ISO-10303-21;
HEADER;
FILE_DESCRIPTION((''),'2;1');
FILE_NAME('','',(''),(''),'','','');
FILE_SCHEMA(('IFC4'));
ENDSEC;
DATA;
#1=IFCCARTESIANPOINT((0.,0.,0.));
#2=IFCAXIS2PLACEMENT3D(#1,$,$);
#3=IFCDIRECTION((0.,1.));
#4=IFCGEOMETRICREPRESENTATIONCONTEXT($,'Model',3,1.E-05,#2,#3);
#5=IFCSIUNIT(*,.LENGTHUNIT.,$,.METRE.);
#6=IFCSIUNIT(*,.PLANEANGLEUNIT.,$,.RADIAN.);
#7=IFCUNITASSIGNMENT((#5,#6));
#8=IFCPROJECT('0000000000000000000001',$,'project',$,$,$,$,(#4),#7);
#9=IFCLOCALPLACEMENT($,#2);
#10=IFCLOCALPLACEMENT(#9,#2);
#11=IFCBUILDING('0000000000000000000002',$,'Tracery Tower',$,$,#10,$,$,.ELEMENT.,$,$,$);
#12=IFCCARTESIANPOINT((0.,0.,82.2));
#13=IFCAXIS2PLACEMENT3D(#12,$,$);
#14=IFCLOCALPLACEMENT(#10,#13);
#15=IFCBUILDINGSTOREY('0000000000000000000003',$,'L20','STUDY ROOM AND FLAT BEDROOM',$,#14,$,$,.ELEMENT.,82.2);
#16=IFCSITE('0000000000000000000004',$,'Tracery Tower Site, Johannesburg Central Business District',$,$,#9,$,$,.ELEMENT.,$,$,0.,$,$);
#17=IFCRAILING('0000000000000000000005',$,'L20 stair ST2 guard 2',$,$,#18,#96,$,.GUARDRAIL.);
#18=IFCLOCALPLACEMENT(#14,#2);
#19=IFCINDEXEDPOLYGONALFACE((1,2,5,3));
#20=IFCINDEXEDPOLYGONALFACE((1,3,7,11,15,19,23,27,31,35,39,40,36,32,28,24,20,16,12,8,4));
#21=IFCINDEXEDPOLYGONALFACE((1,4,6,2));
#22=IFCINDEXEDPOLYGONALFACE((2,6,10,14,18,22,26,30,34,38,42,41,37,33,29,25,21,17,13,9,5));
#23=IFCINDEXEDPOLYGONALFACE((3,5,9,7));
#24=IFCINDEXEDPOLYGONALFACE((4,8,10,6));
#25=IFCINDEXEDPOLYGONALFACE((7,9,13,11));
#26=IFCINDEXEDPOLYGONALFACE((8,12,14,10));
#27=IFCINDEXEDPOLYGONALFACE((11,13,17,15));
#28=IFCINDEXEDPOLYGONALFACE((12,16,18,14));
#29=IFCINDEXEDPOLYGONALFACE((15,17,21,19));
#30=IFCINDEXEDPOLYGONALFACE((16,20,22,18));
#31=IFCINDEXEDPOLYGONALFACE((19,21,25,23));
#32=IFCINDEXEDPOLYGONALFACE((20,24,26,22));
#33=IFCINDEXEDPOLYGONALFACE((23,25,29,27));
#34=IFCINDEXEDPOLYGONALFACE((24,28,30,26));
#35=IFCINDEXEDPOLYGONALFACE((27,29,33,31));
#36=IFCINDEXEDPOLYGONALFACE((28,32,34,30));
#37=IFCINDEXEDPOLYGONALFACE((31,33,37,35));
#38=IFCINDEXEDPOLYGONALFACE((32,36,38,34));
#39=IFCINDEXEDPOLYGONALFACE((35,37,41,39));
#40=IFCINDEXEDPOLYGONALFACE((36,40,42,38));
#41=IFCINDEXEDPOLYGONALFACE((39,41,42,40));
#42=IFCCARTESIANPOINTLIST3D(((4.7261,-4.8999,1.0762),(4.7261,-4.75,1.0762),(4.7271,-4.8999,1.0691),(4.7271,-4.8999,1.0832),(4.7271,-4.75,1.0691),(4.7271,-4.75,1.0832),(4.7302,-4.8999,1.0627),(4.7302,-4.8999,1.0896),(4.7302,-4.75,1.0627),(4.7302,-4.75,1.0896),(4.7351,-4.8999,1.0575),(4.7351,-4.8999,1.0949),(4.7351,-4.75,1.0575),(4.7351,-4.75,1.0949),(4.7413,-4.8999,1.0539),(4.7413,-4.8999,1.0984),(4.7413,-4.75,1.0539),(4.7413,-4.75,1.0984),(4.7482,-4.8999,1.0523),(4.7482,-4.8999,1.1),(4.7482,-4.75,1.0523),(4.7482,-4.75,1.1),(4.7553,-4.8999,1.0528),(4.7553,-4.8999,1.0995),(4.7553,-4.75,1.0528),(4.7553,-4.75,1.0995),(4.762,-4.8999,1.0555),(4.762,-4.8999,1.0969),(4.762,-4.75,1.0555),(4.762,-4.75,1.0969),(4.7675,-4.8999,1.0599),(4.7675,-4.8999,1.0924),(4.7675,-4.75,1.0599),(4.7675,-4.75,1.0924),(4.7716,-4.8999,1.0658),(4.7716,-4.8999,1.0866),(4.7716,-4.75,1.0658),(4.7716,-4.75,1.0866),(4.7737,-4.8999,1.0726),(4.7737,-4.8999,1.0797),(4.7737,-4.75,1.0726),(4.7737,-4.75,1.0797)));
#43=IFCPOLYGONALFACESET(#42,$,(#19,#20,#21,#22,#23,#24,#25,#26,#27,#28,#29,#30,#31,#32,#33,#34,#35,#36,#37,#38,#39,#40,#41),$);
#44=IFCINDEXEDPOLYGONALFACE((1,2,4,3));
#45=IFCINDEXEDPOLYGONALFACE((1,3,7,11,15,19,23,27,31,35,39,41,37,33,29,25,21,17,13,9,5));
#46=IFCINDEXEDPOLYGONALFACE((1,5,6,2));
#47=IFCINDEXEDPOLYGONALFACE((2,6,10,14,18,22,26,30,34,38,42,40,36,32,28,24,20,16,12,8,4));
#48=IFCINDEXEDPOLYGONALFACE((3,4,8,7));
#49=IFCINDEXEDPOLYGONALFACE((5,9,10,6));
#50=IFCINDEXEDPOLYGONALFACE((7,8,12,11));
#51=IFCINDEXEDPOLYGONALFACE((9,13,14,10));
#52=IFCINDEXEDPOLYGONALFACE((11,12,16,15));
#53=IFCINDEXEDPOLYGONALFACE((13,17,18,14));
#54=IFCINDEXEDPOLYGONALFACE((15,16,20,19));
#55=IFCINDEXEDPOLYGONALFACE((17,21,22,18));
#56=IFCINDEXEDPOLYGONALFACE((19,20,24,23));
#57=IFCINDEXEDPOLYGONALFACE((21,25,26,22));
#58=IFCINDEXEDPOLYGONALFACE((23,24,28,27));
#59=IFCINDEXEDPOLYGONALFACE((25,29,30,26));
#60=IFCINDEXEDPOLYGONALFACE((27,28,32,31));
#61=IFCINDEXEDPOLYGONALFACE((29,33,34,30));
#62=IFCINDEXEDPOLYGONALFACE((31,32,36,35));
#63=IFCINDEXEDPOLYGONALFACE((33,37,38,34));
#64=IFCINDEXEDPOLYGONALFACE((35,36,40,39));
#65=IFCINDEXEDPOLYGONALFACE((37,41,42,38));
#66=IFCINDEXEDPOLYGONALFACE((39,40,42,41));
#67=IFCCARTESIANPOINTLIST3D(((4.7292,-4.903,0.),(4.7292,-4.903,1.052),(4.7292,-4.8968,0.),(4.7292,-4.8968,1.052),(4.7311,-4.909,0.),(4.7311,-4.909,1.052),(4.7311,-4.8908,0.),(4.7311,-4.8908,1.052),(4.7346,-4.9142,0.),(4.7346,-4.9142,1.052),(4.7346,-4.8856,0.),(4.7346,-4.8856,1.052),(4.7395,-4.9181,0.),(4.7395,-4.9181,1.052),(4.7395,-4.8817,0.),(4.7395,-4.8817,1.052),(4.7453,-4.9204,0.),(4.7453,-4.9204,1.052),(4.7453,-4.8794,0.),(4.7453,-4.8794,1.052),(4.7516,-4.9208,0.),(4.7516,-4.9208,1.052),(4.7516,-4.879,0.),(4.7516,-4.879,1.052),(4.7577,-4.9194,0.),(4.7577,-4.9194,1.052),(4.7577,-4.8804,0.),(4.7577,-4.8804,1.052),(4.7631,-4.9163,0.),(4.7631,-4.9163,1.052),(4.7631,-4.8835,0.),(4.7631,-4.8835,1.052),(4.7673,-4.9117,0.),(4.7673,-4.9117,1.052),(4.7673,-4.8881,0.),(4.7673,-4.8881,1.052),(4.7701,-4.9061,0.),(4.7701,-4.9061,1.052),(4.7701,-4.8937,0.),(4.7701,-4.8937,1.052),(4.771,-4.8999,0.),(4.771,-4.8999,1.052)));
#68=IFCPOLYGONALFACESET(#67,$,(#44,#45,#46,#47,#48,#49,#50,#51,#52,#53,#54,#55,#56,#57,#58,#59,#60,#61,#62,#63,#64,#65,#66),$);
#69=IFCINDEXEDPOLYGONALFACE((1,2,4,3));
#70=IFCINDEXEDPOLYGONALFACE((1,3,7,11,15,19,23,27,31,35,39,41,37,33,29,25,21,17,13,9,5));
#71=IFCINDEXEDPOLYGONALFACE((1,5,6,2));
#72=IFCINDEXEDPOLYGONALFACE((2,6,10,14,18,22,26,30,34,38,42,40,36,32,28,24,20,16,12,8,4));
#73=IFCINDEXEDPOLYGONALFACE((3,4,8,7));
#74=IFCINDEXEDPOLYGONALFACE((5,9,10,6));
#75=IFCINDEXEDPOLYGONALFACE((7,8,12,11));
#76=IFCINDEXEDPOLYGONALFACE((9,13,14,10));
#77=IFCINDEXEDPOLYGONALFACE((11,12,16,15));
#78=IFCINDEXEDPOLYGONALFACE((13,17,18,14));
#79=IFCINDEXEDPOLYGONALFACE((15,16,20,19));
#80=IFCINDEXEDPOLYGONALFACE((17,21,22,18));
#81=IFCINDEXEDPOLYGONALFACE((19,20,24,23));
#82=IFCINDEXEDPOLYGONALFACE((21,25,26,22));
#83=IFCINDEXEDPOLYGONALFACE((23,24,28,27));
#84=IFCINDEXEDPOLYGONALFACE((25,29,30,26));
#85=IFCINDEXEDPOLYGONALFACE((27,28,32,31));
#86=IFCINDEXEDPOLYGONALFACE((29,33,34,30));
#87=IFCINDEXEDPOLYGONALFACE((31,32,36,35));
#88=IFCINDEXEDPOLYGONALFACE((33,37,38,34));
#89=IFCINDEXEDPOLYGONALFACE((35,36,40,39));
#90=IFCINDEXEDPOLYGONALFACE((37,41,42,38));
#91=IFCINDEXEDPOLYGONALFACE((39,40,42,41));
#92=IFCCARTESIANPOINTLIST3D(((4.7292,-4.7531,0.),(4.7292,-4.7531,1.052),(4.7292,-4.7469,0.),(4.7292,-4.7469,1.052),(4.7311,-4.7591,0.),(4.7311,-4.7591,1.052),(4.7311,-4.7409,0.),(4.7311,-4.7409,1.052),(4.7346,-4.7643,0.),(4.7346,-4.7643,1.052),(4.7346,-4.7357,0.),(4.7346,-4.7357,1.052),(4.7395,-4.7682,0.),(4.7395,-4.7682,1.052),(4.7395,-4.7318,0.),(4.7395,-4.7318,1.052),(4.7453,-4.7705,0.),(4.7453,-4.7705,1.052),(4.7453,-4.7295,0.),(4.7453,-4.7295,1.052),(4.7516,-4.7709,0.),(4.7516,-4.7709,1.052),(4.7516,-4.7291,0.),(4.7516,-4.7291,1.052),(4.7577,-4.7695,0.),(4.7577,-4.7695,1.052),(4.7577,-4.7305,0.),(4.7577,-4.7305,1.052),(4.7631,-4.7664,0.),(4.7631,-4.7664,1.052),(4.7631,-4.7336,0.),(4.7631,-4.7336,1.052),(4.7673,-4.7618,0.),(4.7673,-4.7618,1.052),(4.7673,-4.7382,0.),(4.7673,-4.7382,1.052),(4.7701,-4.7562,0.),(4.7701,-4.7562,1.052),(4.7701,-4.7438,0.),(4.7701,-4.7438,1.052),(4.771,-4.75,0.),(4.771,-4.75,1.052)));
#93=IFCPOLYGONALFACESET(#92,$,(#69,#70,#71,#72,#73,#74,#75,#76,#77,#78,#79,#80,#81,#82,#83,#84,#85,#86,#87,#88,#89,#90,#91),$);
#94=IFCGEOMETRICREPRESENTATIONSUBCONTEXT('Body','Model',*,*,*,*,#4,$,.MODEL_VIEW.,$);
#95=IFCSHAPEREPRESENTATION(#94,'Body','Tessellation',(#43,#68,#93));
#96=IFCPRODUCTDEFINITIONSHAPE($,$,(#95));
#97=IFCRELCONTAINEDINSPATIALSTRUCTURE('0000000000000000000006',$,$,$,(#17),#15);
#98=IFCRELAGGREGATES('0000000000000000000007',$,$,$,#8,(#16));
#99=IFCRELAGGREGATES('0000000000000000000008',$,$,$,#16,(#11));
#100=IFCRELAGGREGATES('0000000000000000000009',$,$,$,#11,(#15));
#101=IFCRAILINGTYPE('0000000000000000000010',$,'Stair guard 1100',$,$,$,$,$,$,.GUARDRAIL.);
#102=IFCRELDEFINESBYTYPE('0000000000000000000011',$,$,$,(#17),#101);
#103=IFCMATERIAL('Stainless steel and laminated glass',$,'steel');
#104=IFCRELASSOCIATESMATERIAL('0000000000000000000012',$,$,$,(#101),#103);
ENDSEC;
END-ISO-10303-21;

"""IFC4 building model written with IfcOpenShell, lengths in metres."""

from ifc_helpers import new_model, si_unit, direction, frame, origin, origin_2d, place, context, subcontext, project, spatial, circle, extrude, material, type_object, element, save


model = new_model("IFC4")

# Units and contexts
model_context = context("Model", 3, precision=1e-05, world=origin(), true_north=direction((0.0, 1.0)))
body_context = subcontext(model_context, "Body", "Model", "MODEL_VIEW")
ifc_project = project(units=[si_unit("LENGTHUNIT", "METRE"), si_unit("PLANEANGLEUNIT", "RADIAN")], contexts=[model_context])

# Site, building, storey
site_placement = place(None, origin())
site = spatial("IfcSite", under=ifc_project, at=site_placement, Name="Tracery Tower Site, Johannesburg Central Business District", CompositionType="ELEMENT", RefElevation=0.0)
building_placement = place(site_placement, origin())
building = spatial("IfcBuilding", under=site, at=building_placement, Name="Tracery Tower", CompositionType="ELEMENT")
storey_placement = place(building_placement, frame((0.0, 0.0, 82.2)))
storey = spatial("IfcBuildingStorey", under=building, at=storey_placement, Name="L20", Description="STUDY ROOM AND FLAT BEDROOM", CompositionType="ELEMENT", Elevation=82.2)

# Railing
ifc_material_1 = material(Name="Stainless steel and laminated glass", Category="steel")
railing_type_1 = type_object("IfcRailingType", Name="Stair guard 1100", PredefinedType="GUARDRAIL", material=ifc_material_1)
railing_1_placement = place(storey_placement, frame((4.75, -4.8999, 0.0)))
element("IfcRailing", 1, at=railing_1_placement, inside=storey, type_object=railing_type_1, Name="L20 stair ST2 guard 2", PredefinedType="GUARDRAIL", context=body_context, shape_type="SweptSolid", body=[
    extrude(circle(Radius=0.0239, at=origin_2d()), frame((0.0, 0.0, 1.0762), z_axis=(0.0, 1.0, 0.0), x_axis=(-1.0, 0.0, 0.0)), (0.0, 0.0, 1.0), 0.1499),
    extrude(circle(Radius=0.021, at=origin_2d()), origin(), (0.0, 0.0, 1.0), 1.052),
    extrude(circle(Radius=0.021, at=origin_2d()), frame((0.0, 0.1499, 0.0)), (0.0, 0.0, 1.0), 1.052),
])

save(model, "model.ifc")
